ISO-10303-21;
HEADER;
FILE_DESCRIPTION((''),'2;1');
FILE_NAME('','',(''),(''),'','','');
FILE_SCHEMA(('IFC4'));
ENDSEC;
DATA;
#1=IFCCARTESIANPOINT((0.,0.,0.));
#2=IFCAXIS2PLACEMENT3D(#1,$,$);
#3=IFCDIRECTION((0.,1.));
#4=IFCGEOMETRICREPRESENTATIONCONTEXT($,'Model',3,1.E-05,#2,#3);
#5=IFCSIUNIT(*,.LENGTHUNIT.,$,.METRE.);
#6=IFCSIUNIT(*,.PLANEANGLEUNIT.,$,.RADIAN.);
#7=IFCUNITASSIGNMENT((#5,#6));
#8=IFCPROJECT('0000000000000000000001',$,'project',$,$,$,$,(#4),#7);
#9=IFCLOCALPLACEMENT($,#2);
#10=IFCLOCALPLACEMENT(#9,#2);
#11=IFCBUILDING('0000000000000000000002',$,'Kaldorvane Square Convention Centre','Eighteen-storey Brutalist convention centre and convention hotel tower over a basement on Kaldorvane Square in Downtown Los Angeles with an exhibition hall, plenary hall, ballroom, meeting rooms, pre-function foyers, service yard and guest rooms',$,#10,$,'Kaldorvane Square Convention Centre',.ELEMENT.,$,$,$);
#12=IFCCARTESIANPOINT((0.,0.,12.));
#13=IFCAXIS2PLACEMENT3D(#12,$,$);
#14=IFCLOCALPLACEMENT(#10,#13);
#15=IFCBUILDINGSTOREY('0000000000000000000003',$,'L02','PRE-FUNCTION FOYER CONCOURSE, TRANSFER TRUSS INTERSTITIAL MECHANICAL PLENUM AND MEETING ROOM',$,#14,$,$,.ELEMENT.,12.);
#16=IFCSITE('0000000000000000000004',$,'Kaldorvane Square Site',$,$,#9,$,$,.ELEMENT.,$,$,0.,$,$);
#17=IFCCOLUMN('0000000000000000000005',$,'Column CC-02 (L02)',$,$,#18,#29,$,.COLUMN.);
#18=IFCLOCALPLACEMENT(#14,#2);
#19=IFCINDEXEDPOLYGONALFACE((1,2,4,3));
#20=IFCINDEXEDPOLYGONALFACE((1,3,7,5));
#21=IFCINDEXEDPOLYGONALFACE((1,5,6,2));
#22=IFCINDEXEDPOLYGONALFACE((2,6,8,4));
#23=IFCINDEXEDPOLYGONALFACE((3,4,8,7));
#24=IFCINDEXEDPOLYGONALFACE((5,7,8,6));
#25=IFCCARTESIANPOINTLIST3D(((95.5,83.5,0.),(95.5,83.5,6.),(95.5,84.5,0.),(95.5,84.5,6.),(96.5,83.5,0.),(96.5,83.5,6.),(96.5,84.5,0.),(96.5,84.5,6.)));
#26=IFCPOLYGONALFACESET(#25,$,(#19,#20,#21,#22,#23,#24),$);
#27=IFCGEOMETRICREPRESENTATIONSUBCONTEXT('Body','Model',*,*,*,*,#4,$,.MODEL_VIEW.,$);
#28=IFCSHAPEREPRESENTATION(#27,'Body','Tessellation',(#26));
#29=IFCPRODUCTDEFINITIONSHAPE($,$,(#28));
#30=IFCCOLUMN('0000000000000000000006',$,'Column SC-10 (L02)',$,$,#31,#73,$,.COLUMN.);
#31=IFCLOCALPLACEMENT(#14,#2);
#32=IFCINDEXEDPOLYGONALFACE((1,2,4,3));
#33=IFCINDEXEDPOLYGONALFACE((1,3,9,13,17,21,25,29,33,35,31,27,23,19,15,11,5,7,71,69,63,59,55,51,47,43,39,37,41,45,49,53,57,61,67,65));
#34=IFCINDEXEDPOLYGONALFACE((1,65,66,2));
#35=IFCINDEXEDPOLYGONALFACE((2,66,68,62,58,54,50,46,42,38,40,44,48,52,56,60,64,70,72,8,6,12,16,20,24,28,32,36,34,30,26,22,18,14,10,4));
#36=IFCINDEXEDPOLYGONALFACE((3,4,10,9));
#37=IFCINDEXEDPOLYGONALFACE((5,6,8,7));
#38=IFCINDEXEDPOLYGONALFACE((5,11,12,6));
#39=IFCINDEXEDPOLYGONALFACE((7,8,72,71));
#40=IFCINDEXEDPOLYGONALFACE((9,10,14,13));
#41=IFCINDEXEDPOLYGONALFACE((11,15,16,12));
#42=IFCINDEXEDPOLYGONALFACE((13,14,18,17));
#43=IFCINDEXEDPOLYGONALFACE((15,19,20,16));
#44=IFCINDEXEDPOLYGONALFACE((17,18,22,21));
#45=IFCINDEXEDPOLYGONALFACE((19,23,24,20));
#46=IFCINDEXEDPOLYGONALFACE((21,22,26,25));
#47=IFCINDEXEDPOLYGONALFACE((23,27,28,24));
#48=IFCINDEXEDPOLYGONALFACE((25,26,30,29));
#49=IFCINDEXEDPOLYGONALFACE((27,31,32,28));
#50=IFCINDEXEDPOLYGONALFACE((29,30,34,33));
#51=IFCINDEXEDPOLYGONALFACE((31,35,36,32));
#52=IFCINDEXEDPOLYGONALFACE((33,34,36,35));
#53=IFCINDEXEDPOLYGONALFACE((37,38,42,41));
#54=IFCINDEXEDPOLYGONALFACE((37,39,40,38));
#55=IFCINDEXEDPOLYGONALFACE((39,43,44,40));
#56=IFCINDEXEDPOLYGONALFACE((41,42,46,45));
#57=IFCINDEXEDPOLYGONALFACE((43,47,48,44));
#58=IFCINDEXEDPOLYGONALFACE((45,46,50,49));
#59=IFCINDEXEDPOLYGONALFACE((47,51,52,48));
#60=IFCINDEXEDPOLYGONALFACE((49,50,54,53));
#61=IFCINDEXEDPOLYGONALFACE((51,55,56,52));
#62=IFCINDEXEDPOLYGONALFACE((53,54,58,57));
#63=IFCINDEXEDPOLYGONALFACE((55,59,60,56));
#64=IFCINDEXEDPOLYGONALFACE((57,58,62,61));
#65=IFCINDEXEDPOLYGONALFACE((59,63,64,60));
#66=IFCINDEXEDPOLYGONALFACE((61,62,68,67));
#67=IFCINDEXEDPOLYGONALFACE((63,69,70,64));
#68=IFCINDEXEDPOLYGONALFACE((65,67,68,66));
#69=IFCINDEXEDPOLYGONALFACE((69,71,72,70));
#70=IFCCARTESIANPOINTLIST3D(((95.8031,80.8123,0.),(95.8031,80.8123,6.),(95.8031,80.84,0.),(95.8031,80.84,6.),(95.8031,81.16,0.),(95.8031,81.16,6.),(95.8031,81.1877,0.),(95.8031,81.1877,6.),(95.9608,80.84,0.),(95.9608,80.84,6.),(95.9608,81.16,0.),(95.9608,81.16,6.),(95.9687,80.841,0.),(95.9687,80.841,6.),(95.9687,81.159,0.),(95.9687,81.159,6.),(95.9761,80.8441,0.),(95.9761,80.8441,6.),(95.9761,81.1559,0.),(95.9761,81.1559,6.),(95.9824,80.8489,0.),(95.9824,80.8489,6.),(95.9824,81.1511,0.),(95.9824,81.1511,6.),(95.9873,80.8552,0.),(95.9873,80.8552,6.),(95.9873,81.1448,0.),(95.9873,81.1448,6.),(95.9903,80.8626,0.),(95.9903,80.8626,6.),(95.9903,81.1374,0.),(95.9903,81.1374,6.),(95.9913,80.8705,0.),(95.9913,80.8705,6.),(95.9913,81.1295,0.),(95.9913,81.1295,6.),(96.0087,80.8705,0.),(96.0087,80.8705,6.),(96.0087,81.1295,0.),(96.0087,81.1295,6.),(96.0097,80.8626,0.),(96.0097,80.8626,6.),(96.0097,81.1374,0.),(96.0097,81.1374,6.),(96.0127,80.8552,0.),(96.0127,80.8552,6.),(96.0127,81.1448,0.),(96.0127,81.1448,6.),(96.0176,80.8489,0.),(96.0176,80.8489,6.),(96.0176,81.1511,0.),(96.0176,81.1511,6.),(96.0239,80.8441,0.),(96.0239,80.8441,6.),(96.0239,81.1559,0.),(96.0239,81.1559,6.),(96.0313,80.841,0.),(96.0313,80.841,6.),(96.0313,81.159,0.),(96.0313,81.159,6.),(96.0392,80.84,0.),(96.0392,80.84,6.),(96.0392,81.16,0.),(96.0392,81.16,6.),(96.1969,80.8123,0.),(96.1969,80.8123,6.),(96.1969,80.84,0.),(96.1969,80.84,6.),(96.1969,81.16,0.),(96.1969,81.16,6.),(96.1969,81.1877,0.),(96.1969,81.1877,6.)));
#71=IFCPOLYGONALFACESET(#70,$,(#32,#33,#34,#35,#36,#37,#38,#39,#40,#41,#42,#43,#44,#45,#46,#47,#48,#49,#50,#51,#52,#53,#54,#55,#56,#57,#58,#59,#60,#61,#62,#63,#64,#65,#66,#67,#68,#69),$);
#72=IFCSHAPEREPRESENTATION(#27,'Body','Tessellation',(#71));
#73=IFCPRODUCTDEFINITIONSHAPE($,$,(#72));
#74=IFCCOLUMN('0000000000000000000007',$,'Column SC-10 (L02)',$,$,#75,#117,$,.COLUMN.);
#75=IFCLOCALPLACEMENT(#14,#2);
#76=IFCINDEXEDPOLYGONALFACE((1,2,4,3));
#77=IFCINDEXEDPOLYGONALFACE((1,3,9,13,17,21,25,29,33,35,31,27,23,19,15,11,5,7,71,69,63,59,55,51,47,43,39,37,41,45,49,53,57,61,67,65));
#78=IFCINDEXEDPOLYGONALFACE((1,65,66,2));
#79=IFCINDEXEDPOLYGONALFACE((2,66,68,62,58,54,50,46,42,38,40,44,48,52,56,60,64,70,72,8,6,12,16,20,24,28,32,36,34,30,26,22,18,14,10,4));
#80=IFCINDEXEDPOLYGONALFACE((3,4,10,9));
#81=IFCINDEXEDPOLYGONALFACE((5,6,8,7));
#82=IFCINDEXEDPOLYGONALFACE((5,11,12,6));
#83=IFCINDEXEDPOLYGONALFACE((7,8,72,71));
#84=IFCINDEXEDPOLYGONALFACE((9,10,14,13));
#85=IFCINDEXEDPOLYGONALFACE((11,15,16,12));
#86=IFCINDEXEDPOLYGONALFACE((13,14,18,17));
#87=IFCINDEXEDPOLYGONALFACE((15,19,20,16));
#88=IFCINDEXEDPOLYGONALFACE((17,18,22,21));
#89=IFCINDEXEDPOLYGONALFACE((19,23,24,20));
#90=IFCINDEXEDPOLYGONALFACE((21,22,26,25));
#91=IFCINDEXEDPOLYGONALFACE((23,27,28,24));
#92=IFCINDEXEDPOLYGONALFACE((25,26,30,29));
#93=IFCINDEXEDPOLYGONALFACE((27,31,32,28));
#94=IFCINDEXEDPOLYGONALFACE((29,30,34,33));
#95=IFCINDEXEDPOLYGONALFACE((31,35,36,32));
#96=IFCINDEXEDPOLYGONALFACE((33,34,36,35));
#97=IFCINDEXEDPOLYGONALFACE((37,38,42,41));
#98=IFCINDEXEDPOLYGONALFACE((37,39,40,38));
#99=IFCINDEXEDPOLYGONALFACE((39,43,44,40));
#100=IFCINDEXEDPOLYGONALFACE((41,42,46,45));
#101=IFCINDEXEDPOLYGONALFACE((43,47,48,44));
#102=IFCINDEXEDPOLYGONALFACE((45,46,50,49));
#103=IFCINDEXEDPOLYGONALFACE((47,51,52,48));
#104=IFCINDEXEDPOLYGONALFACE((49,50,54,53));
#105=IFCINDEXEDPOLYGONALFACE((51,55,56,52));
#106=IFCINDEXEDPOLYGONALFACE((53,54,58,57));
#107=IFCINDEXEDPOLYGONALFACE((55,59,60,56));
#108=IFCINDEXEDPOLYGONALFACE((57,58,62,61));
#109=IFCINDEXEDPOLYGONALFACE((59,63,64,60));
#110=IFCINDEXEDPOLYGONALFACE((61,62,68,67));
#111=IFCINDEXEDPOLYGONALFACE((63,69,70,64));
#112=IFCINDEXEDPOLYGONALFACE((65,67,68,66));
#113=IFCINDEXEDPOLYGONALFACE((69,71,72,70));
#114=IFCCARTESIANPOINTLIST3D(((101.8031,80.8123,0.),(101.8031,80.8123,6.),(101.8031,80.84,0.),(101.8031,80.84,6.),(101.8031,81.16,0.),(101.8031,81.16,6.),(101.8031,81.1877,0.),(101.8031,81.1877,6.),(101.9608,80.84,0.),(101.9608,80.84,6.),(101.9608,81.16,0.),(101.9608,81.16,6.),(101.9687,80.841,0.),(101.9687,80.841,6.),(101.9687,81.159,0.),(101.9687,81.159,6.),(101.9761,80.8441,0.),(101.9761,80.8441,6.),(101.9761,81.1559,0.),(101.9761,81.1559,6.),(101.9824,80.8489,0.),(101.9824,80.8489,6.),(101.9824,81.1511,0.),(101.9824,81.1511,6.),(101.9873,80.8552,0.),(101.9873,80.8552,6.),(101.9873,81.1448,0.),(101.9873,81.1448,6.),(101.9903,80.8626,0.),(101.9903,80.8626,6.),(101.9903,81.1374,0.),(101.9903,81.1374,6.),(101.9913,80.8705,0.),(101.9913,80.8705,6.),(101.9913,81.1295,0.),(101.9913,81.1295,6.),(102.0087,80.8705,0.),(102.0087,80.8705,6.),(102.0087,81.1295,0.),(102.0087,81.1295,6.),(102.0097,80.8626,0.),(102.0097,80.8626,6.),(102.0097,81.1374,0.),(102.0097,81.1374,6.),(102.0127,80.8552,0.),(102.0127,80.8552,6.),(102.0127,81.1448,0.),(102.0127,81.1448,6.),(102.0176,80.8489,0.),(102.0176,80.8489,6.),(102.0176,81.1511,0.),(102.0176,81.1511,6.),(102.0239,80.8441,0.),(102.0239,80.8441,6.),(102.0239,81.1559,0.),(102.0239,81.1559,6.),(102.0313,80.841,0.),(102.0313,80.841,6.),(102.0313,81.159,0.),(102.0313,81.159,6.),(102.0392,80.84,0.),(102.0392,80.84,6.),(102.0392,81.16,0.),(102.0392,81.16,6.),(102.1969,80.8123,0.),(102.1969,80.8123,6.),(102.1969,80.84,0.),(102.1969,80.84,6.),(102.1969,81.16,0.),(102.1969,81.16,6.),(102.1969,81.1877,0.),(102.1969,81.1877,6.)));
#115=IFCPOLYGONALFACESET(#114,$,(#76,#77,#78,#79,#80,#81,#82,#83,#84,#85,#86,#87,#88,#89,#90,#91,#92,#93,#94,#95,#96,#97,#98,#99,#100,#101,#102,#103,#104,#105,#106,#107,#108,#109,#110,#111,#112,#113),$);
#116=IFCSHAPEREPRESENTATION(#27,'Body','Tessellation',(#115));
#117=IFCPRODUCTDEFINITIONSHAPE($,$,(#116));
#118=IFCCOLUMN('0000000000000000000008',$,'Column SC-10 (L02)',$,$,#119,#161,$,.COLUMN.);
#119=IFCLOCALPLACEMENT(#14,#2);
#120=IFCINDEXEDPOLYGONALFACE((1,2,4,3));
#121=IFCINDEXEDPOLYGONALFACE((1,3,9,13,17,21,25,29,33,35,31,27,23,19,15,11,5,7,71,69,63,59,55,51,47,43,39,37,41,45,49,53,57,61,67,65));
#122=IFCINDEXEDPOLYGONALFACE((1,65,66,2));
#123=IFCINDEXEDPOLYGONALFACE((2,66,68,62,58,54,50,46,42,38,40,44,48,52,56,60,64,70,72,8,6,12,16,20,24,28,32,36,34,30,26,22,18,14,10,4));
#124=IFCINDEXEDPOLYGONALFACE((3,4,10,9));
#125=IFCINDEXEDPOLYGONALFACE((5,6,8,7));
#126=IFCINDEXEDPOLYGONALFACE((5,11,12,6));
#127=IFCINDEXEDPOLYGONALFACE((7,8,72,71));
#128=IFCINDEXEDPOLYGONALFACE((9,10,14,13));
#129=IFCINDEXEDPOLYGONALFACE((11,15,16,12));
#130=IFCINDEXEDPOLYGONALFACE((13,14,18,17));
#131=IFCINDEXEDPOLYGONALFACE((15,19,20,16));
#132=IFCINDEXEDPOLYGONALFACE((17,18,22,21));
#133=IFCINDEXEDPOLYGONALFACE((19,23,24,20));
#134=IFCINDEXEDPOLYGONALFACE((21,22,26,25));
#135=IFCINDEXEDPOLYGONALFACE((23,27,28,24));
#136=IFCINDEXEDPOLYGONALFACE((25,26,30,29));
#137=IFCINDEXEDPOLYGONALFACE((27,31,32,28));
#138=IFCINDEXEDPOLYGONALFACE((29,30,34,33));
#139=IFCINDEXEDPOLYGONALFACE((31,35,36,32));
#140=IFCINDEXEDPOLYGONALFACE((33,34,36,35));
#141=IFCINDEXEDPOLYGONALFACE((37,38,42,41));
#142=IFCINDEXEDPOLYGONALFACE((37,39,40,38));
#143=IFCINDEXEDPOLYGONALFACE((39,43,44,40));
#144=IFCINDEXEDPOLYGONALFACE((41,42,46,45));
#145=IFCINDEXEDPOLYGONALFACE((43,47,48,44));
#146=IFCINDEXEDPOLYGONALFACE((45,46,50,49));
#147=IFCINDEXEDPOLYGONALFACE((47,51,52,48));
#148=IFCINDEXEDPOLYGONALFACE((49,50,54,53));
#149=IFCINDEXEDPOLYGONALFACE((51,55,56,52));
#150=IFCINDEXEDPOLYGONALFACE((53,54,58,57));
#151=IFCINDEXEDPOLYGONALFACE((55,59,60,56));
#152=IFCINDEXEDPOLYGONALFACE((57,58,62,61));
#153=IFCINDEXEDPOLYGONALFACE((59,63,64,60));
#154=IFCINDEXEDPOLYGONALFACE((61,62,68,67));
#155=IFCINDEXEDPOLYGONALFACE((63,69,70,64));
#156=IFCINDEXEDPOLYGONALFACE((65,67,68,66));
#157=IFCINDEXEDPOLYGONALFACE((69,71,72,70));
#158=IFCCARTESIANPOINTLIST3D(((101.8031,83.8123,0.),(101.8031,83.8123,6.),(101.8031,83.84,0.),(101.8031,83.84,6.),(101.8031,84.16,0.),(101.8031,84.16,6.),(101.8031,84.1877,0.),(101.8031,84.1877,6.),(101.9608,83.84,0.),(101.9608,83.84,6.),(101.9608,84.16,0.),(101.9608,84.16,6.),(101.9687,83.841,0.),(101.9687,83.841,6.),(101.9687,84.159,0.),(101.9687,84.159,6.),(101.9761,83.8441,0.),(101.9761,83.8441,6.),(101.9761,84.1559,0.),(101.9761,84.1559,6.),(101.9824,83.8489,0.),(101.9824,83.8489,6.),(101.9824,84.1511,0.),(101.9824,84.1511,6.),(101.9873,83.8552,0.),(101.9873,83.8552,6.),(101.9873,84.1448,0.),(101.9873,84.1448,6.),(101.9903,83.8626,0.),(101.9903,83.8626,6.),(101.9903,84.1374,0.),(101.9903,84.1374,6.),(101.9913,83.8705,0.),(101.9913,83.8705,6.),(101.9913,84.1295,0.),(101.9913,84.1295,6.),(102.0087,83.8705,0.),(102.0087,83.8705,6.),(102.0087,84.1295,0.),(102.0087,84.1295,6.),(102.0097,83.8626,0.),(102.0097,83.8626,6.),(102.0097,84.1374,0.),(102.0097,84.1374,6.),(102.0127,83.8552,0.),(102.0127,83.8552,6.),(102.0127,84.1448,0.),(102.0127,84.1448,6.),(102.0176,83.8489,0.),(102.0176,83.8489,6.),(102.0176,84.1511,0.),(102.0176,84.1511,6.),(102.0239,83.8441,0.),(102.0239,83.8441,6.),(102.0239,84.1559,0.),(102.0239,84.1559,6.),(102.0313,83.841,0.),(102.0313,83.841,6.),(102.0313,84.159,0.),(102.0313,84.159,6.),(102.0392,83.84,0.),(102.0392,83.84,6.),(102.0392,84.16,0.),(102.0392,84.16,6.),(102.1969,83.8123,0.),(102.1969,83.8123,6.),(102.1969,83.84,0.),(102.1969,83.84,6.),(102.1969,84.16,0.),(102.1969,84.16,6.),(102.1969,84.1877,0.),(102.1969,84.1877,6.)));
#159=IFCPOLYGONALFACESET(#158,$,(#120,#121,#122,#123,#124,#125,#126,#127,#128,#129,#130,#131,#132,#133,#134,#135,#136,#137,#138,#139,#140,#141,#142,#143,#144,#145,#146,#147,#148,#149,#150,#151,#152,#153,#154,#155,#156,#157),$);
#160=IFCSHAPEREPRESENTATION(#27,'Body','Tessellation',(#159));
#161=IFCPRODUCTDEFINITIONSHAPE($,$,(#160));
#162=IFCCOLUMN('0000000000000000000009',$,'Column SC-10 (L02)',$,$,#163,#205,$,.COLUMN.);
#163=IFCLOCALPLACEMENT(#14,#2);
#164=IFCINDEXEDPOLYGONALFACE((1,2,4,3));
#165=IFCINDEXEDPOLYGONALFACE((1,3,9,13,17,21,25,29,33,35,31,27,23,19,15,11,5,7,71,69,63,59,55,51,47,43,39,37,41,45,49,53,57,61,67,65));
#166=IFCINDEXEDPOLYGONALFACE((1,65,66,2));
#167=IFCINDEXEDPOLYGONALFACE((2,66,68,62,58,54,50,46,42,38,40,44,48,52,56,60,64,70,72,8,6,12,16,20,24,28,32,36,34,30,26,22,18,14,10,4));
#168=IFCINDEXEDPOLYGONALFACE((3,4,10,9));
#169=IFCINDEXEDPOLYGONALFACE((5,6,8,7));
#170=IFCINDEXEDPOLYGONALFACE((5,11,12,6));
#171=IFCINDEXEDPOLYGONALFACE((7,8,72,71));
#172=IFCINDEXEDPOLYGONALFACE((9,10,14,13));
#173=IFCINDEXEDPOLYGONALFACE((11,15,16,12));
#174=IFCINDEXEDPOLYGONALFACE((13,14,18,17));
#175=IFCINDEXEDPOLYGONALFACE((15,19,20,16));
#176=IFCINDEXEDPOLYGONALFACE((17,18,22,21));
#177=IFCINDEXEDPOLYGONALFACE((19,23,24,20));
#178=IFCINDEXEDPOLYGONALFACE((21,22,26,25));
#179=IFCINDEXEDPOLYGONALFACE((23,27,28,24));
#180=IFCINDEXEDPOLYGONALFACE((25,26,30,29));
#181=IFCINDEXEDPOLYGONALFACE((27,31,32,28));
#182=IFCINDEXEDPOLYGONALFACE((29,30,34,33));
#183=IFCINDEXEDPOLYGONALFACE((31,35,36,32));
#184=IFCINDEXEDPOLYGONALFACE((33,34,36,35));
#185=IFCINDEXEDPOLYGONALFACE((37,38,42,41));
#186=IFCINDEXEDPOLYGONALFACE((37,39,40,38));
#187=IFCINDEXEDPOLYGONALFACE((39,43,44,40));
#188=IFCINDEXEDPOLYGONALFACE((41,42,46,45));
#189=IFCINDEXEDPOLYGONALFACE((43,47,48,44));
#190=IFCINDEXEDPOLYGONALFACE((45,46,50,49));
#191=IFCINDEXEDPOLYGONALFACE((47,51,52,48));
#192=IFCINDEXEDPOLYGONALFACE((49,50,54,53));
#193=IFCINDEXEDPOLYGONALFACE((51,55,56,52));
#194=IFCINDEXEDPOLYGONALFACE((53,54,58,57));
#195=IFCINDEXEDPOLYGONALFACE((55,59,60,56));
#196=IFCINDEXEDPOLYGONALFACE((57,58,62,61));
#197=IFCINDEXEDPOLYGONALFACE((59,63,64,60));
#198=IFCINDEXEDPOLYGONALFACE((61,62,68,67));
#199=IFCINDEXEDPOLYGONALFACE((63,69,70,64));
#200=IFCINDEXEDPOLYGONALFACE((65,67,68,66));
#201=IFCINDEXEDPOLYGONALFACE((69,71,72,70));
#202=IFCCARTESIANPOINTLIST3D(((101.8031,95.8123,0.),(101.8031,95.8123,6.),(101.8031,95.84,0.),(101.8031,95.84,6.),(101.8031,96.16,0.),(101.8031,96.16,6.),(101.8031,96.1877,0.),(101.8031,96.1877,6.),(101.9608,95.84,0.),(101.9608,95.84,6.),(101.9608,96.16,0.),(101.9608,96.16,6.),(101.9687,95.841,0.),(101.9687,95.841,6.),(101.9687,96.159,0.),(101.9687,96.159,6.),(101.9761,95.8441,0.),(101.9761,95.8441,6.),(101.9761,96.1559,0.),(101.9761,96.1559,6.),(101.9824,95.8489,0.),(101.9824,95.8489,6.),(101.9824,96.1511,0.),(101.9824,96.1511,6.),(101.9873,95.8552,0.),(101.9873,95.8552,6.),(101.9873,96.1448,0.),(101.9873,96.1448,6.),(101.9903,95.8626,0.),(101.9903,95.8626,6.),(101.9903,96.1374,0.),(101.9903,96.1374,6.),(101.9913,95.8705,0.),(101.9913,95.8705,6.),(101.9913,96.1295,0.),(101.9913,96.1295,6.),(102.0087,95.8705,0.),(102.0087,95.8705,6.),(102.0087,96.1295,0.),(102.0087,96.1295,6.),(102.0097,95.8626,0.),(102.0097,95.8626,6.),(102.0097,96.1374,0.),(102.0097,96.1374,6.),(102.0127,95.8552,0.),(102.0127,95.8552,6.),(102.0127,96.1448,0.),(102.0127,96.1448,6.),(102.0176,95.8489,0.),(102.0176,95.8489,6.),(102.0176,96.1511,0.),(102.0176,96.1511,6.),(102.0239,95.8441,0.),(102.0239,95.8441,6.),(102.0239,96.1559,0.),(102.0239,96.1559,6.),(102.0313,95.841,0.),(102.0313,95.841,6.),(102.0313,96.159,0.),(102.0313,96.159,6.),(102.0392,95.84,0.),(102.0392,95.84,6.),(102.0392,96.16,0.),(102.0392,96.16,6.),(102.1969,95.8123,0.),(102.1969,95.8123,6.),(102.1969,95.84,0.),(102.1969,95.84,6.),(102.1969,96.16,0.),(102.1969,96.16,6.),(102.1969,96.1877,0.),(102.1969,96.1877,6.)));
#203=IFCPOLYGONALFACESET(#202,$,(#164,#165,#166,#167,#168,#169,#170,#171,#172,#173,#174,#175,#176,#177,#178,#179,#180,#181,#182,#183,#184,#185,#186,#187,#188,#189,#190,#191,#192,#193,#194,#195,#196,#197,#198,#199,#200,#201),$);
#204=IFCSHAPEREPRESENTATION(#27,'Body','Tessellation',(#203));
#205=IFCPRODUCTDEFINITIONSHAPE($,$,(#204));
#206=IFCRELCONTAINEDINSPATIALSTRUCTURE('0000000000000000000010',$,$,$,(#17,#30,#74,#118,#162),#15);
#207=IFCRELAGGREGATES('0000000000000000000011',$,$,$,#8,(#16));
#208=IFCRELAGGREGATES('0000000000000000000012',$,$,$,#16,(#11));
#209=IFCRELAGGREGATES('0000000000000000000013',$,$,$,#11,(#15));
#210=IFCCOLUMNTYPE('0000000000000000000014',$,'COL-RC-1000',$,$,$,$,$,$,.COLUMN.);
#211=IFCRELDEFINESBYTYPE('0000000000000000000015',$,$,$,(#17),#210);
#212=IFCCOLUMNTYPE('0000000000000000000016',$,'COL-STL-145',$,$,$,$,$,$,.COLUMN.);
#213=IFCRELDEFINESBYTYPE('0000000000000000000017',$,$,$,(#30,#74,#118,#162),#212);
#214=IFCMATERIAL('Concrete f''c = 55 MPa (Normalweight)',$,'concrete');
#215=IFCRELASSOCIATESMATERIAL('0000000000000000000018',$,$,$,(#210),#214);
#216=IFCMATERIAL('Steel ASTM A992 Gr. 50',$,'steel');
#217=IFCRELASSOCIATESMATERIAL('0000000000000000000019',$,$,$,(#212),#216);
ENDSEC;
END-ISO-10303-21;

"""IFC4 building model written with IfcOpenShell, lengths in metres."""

from ifc_helpers import new_model, si_unit, direction, frame, origin, origin_2d, place, context, subcontext, project, spatial, rectangle, i_section, extrude, material, material_profile, profile_set, type_object, element, save


model = new_model("IFC4")

# Units and contexts
model_context = context("Model", 3, precision=1e-05, world=origin(), true_north=direction((0.0, 1.0)))
body_context = subcontext(model_context, "Body", "Model", "MODEL_VIEW")
ifc_project = project(units=[si_unit("LENGTHUNIT", "METRE"), si_unit("PLANEANGLEUNIT", "RADIAN")], contexts=[model_context])

# Site, building, storey
site_placement = place(None, origin())
site = spatial("IfcSite", under=ifc_project, at=site_placement, Name="Kaldorvane Square Site", CompositionType="ELEMENT", RefElevation=0.0)
building_placement = place(site_placement, origin())
building = spatial("IfcBuilding", under=site, at=building_placement, Name="Kaldorvane Square Convention Centre", Description="Eighteen-storey Brutalist convention centre and convention hotel tower over a basement on Kaldorvane Square in Downtown Los Angeles with an exhibition hall, plenary hall, ballroom, meeting rooms, pre-function foyers, service yard and guest rooms", LongName="Kaldorvane Square Convention Centre", CompositionType="ELEMENT")
storey_placement = place(building_placement, frame((0.0, 0.0, 12.0)))
storey = spatial("IfcBuildingStorey", under=building, at=storey_placement, Name="L02", Description="PRE-FUNCTION FOYER CONCOURSE, TRANSFER TRUSS INTERSTITIAL MECHANICAL PLENUM AND MEETING ROOM", CompositionType="ELEMENT", Elevation=12.0)

# Columns
ifc_material_1 = material(Name="Concrete f'c = 55 MPa (Normalweight)", Category="concrete")
ifc_material_profile_1 = material_profile(ifc_material_1, rectangle(XDim=1.0, YDim=1.0, at=origin_2d()), Name="RC1000X1000")
ifc_profile_set_1 = profile_set([ifc_material_profile_1], Name="Concrete f'c = 55 MPa (Normalweight)")
column_type_1 = type_object("IfcColumnType", Name="COL-RC-1000", PredefinedType="COLUMN", material=ifc_profile_set_1)
column_placement = place(storey_placement, frame((96.0, 84.0, 0.0), z_axis=(0.0, 0.0, 1.0), x_axis=(1.0, 0.0, 0.0)))
element("IfcColumn", 1, at=column_placement, inside=storey, type_object=column_type_1, Name="Column CC-02 (L02)", PredefinedType="COLUMN", context=body_context, shape_type="SweptSolid", body=[
    extrude(rectangle(XDim=1.0, YDim=1.0, at=origin_2d()), origin(), (0.0, 0.0, 1.0), 6.0),
])
ifc_material_2 = material(Name="Steel ASTM A992 Gr. 50", Category="steel")
ifc_material_profile_2 = material_profile(ifc_material_2, i_section(OverallWidth=0.3937, OverallDepth=0.3754, WebThickness=0.0173, FlangeThickness=0.0277, FilletRadius=0.0305, at=origin_2d()), Name="W14X145")
ifc_profile_set_2 = profile_set([ifc_material_profile_2], Name="Steel ASTM A992 Gr. 50")
column_type_2 = type_object("IfcColumnType", Name="COL-STL-145", PredefinedType="COLUMN", material=ifc_profile_set_2)
for number, where, z_axis, x_axis, name in (
    (2, (96.0, 81.0, 0.0), (0.0, 0.0, 1.0), (1.0, 0.0, 0.0), "Column SC-10 (L02)"),
    (3, (102.0, 81.0, 0.0), (0.0, 0.0, 1.0), (1.0, 0.0, 0.0), "Column SC-10 (L02)"),
    (4, (102.0, 84.0, 0.0), (0.0, 0.0, 1.0), (1.0, 0.0, 0.0), "Column SC-10 (L02)"),
    (5, (102.0, 96.0, 0.0), (0.0, 0.0, 1.0), (1.0, 0.0, 0.0), "Column SC-10 (L02)"),
):
    element("IfcColumn", number, at=place(storey_placement, frame(where, z_axis=z_axis, x_axis=x_axis)), inside=storey, type_object=column_type_2, Name=name, PredefinedType="COLUMN", context=body_context, shape_type="SweptSolid", body=[
        extrude(i_section(OverallWidth=0.3937, OverallDepth=0.3754, WebThickness=0.0173, FlangeThickness=0.0277, FilletRadius=0.0305, at=origin_2d()), origin(), (0.0, 0.0, 1.0), 6.0),
    ])

save(model, "model.ifc")
